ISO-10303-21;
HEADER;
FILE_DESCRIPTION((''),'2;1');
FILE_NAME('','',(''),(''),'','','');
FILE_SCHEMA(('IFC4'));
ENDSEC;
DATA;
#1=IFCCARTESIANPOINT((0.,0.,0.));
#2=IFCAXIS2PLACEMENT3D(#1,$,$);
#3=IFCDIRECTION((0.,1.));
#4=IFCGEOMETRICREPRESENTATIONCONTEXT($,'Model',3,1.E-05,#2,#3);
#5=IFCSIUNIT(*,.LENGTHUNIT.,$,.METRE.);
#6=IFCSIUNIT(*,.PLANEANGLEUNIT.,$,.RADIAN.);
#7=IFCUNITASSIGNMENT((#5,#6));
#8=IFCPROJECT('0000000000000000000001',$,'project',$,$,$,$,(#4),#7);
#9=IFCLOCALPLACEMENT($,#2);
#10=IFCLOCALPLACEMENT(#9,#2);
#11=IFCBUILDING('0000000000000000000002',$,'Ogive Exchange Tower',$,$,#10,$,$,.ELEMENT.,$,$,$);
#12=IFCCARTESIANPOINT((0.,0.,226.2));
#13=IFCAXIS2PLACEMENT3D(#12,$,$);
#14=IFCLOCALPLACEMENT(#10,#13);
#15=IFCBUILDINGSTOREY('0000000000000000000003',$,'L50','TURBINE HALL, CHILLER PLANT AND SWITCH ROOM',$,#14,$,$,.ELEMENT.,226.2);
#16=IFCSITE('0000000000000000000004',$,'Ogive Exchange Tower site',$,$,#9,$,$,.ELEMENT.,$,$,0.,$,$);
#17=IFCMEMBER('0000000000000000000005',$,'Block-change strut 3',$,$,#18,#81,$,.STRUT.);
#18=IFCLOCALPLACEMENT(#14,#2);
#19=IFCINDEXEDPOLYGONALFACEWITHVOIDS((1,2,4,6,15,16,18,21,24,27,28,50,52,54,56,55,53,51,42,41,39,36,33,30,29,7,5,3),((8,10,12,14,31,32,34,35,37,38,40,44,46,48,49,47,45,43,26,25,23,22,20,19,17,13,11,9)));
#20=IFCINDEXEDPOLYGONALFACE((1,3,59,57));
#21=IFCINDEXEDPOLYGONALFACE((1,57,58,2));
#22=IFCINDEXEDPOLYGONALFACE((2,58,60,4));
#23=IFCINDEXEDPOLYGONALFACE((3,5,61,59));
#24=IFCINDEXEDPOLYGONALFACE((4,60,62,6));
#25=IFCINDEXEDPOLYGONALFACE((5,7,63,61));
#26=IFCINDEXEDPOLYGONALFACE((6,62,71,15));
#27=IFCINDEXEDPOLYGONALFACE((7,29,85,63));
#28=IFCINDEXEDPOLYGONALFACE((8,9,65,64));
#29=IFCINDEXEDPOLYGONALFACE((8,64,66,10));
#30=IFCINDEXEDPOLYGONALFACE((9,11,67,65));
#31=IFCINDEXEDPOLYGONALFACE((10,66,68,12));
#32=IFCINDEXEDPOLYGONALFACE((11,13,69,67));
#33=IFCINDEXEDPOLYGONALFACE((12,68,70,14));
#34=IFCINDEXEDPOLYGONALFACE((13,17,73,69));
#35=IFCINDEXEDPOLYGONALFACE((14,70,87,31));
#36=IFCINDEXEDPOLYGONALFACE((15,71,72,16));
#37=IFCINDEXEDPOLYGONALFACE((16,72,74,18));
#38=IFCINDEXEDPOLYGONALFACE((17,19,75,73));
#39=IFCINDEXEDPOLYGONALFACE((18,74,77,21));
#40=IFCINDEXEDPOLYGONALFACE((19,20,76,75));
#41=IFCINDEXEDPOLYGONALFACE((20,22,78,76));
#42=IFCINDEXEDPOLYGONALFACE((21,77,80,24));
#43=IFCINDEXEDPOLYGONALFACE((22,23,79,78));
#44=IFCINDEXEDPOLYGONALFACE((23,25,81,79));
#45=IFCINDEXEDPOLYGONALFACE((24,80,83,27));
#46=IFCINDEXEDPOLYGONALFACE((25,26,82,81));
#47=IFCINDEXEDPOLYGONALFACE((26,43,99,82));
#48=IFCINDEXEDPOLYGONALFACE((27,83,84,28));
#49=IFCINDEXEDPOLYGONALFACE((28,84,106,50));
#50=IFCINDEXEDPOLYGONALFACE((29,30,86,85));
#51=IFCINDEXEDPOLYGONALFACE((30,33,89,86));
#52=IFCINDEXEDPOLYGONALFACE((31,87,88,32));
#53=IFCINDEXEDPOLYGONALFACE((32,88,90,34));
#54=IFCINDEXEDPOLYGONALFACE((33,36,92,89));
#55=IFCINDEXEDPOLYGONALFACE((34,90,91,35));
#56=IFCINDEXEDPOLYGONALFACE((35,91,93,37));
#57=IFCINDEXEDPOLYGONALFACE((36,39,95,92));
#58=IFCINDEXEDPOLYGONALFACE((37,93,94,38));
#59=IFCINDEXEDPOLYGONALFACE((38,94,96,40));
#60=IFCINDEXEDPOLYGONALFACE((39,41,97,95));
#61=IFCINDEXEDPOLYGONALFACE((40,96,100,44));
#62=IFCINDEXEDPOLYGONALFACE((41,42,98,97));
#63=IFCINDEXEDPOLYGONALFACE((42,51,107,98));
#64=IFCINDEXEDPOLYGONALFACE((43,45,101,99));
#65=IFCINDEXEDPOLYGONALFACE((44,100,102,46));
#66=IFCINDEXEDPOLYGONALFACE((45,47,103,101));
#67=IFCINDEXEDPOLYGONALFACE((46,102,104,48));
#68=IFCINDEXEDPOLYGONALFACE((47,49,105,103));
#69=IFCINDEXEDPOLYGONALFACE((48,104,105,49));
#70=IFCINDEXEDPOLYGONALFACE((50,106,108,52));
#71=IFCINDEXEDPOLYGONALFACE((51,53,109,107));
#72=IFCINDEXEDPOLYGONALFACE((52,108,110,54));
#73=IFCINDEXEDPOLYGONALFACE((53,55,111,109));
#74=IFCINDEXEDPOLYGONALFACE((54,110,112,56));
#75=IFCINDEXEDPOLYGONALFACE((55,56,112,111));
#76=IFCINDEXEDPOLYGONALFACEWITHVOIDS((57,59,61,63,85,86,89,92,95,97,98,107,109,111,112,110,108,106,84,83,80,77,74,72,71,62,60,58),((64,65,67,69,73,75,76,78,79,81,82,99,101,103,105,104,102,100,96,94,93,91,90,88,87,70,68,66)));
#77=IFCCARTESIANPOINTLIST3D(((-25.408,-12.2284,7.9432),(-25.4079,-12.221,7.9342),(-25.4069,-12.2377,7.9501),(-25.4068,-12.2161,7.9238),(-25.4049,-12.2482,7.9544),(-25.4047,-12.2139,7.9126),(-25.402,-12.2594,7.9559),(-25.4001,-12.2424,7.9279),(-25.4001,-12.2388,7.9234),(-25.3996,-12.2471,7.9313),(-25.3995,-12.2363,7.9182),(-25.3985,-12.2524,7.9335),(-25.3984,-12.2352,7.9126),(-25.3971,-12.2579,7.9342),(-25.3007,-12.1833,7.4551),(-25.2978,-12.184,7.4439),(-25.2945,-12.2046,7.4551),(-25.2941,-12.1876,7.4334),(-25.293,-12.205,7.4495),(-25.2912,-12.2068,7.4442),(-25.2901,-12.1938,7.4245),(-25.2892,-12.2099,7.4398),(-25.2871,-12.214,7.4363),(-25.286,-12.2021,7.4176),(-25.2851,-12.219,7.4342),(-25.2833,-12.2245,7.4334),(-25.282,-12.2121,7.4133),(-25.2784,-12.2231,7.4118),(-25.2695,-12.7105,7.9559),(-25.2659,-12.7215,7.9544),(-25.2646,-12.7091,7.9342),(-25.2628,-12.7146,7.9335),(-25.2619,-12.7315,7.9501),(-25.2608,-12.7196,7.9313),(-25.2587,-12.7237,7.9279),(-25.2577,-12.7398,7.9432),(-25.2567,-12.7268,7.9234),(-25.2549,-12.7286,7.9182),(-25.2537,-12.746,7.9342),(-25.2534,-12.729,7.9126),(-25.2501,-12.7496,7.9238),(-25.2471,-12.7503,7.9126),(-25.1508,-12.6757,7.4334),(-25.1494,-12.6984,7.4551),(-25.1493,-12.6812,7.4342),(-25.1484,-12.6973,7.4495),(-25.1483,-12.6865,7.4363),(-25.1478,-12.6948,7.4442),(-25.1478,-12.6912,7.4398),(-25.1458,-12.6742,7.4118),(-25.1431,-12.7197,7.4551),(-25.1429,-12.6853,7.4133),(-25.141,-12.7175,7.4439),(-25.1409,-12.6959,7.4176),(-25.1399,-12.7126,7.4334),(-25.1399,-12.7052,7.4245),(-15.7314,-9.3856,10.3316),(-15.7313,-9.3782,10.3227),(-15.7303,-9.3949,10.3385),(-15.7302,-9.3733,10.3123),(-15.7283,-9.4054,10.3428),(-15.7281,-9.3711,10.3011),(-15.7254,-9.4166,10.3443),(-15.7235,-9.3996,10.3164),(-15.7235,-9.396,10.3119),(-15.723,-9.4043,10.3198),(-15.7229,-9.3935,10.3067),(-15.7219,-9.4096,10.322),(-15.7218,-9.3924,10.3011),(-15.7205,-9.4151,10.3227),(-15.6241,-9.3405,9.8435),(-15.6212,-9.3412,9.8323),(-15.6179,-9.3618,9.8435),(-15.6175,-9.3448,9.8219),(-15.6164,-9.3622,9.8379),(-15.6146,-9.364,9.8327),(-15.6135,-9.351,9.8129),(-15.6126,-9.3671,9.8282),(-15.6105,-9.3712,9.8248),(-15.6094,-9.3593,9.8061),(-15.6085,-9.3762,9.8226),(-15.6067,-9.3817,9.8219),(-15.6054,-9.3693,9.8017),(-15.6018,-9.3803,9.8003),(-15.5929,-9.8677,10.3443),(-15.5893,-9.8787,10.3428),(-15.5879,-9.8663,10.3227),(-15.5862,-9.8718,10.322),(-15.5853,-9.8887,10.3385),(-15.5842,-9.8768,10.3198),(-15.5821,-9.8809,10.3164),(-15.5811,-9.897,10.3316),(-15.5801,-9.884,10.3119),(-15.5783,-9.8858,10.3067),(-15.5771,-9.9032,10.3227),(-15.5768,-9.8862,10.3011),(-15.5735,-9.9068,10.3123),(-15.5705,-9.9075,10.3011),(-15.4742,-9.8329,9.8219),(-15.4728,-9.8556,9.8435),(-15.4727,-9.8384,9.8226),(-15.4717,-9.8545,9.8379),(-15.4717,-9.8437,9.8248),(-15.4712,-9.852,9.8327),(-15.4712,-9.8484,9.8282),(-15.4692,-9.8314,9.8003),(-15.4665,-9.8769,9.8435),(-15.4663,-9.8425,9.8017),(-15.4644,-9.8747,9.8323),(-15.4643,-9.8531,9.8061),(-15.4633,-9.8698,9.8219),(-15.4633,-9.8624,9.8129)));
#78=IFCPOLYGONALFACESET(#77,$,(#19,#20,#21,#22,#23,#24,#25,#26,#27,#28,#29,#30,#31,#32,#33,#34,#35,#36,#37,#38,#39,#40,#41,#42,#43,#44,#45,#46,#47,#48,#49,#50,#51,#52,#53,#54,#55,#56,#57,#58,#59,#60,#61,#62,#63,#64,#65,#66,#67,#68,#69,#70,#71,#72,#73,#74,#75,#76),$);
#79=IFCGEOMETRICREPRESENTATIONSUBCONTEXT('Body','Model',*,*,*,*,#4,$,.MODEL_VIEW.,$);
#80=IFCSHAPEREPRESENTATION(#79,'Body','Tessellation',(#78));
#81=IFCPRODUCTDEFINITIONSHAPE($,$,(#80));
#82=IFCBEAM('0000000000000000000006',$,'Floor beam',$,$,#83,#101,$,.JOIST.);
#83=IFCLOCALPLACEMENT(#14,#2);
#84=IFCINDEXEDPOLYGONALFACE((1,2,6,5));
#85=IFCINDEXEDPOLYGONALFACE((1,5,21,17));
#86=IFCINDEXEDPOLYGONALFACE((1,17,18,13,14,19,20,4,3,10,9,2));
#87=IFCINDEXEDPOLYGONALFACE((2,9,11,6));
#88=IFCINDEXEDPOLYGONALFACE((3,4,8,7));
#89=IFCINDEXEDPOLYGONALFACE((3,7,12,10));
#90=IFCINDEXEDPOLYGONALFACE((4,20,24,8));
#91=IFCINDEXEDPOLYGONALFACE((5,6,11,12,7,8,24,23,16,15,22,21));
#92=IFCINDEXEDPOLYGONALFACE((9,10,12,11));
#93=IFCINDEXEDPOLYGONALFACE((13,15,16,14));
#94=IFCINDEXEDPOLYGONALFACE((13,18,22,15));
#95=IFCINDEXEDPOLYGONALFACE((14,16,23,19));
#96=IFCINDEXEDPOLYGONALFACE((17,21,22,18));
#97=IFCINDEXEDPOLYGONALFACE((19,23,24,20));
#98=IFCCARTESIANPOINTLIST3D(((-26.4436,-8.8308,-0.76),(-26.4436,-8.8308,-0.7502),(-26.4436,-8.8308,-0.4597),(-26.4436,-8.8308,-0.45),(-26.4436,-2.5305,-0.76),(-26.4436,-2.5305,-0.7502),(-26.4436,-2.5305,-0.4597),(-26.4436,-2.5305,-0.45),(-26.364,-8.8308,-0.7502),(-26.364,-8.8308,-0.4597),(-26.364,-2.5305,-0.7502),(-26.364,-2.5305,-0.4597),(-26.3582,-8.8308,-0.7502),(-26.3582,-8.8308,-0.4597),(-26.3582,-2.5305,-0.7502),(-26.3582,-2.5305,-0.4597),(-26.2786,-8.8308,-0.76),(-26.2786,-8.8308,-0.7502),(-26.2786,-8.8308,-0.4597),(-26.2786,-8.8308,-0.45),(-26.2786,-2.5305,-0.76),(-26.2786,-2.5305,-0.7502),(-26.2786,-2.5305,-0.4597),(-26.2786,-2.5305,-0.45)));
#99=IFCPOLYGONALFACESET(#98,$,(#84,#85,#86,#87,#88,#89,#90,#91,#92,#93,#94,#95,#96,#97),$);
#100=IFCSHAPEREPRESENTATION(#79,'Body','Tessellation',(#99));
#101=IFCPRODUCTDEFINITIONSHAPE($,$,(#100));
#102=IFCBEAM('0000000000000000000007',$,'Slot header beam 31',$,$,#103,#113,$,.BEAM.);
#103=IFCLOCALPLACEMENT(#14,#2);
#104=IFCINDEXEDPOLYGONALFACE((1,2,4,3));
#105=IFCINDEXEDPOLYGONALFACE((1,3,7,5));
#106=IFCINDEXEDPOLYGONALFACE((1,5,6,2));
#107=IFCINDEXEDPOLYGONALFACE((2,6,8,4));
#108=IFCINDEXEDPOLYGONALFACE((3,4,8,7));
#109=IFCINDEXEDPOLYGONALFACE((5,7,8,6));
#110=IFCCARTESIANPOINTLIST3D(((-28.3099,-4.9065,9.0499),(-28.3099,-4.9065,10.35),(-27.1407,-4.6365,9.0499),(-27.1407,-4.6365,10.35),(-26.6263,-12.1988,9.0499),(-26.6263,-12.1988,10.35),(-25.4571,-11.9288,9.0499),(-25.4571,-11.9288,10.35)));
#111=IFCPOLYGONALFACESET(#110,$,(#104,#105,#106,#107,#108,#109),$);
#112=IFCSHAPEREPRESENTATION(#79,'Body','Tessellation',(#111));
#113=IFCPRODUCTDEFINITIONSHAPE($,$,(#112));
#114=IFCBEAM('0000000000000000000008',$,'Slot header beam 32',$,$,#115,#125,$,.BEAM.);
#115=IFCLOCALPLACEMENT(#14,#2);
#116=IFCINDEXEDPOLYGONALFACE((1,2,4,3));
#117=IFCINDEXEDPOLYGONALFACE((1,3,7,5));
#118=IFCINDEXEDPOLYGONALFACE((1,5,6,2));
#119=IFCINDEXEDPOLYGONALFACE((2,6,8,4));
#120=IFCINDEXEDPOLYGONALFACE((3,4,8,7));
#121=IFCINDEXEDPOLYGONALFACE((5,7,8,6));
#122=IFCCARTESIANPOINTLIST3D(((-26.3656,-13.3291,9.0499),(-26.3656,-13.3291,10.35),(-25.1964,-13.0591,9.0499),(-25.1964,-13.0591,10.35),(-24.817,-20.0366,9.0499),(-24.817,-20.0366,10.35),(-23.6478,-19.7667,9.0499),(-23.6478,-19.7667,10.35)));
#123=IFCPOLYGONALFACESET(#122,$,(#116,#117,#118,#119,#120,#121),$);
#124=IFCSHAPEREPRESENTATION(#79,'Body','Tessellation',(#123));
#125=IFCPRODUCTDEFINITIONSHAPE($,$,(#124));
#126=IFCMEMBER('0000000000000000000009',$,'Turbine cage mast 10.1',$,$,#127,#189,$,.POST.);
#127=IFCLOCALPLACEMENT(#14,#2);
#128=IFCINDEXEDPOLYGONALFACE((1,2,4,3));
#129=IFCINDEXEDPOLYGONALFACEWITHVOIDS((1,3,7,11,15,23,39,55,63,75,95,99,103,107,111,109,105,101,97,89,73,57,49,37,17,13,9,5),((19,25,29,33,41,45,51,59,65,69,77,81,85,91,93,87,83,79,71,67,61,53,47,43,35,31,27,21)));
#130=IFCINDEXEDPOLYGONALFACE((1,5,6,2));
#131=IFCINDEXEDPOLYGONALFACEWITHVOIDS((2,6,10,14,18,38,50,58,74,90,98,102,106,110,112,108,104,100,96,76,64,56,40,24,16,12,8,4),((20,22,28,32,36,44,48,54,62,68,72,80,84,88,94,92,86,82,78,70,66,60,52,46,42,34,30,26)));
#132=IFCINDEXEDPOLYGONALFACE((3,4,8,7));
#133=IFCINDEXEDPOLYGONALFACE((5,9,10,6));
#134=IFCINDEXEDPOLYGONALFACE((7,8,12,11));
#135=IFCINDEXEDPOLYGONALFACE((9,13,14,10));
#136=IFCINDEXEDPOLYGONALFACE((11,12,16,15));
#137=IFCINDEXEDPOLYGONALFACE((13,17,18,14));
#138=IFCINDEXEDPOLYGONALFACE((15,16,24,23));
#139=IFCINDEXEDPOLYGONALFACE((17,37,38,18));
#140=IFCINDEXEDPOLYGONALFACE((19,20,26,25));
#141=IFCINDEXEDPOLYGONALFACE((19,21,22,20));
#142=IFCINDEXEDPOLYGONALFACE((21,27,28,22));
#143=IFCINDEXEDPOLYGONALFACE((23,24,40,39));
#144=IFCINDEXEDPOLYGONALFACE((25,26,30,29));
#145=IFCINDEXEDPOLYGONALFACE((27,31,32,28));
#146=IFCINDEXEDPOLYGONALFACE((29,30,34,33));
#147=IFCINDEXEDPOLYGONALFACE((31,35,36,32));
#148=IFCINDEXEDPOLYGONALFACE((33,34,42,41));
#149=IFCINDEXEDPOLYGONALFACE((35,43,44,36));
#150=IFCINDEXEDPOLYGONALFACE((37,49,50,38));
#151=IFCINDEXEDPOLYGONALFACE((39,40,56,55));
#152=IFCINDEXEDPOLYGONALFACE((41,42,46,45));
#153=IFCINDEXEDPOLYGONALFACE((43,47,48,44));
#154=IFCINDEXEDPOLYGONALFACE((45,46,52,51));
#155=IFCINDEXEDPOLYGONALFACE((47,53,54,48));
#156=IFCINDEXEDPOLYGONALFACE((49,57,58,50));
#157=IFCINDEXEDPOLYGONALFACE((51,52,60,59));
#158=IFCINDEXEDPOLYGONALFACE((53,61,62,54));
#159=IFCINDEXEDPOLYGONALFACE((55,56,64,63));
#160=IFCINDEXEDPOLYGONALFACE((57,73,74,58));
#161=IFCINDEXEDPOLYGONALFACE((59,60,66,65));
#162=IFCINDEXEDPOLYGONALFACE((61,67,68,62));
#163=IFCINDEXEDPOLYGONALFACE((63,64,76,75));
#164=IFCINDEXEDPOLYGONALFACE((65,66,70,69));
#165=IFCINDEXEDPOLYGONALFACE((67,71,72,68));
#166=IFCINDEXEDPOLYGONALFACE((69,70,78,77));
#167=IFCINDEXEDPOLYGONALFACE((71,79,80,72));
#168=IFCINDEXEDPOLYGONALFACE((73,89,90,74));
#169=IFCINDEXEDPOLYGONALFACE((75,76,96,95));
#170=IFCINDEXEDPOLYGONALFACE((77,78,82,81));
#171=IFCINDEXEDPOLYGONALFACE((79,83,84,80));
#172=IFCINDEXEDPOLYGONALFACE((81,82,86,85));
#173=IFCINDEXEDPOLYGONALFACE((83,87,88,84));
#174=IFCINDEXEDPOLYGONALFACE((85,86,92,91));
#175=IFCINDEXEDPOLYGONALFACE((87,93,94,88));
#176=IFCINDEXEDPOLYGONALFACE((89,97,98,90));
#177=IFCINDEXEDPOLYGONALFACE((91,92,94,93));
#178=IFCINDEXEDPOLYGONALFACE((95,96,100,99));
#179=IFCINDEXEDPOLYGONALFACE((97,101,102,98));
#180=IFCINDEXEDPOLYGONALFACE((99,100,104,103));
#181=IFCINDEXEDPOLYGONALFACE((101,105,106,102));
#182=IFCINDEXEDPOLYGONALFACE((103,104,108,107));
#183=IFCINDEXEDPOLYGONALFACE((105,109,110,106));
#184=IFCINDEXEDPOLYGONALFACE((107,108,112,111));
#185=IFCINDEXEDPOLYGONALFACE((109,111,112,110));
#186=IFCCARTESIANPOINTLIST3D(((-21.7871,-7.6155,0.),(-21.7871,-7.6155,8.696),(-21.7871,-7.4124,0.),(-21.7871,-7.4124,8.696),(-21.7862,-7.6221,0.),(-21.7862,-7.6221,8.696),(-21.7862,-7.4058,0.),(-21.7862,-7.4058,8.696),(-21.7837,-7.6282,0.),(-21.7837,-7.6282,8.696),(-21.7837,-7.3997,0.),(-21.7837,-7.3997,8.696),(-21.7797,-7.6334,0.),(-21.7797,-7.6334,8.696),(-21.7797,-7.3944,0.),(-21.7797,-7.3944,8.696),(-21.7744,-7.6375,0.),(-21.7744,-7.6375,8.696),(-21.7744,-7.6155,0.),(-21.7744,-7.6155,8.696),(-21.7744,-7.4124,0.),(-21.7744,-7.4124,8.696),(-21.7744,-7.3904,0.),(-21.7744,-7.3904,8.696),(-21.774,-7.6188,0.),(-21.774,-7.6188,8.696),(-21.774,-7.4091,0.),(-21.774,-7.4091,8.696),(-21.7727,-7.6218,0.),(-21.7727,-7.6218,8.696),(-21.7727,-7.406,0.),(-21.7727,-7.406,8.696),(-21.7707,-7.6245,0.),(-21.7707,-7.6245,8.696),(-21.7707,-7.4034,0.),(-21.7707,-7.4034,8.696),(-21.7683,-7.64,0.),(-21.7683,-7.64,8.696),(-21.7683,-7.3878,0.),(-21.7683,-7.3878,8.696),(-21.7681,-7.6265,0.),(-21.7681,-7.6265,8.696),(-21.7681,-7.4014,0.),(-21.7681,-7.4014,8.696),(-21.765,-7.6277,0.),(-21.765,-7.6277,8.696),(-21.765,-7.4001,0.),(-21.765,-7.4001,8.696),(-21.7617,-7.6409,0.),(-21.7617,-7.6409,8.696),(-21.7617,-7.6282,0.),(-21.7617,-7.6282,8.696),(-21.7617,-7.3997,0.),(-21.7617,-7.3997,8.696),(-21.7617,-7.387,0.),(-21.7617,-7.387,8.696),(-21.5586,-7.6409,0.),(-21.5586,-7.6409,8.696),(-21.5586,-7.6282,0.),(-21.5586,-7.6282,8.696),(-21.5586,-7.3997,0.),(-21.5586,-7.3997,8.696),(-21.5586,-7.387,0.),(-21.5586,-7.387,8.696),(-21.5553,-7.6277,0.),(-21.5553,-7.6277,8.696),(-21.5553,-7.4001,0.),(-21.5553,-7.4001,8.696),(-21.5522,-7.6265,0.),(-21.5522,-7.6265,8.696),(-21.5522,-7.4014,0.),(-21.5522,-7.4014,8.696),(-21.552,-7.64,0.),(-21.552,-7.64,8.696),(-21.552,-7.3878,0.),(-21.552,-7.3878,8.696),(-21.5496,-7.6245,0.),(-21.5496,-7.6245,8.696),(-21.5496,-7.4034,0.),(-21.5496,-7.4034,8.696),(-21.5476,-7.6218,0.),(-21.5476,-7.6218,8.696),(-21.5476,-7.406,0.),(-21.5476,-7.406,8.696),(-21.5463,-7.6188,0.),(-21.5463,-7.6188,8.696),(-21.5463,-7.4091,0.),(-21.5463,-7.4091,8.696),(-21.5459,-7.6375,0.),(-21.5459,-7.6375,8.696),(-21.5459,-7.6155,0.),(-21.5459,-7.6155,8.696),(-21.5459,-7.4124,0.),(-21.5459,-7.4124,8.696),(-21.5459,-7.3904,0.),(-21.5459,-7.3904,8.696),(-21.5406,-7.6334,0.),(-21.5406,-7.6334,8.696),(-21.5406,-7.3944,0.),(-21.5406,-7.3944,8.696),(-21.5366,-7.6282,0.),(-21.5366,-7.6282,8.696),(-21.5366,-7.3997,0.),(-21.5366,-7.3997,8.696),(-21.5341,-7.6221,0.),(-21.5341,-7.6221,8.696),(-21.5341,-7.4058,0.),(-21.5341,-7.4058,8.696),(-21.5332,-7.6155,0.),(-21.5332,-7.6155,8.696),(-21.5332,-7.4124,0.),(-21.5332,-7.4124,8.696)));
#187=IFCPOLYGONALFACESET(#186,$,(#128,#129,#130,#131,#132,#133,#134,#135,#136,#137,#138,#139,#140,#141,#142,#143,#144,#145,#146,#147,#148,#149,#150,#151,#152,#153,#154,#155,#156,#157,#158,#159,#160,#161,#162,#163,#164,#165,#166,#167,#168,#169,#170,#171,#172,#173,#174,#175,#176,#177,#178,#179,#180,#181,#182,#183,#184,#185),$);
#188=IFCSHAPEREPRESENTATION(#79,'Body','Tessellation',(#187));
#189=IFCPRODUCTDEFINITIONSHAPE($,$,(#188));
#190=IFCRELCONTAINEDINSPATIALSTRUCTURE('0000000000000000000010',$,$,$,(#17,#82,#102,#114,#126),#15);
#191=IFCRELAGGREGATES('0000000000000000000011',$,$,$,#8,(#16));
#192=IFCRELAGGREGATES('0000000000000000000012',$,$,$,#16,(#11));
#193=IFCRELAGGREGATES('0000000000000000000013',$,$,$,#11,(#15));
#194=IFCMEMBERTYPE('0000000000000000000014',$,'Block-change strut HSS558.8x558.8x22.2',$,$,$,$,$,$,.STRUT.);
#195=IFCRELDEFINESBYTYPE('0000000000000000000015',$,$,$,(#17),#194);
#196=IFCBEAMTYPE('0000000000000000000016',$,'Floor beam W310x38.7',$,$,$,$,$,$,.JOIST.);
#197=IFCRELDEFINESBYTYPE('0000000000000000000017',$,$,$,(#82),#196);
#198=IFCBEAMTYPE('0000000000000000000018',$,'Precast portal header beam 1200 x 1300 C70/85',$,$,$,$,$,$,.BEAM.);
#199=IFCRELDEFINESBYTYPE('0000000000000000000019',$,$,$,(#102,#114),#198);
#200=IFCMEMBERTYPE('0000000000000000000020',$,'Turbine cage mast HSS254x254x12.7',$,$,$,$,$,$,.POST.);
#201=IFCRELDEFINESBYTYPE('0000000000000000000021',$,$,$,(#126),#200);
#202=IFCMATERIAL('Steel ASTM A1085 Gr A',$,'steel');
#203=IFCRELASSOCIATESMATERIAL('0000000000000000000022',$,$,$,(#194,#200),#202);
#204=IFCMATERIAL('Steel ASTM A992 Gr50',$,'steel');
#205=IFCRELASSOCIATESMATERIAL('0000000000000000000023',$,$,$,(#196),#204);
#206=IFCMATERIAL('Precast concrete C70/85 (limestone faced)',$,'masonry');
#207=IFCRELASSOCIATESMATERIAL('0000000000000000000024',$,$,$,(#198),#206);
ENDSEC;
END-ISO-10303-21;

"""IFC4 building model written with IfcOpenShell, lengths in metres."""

from ifc_helpers import new_model, si_unit, direction, frame, origin, origin_2d, place, context, subcontext, project, spatial, rectangle, hollow_rectangle, i_section, extrude, material, material_profile, profile_set, type_object, element, save


model = new_model("IFC4")

# Units and contexts
model_context = context("Model", 3, precision=1e-05, world=origin(), true_north=direction((0.0, 1.0)))
body_context = subcontext(model_context, "Body", "Model", "MODEL_VIEW")
ifc_project = project(units=[si_unit("LENGTHUNIT", "METRE"), si_unit("PLANEANGLEUNIT", "RADIAN")], contexts=[model_context])

# Site, building, storey
site_placement = place(None, origin())
site = spatial("IfcSite", under=ifc_project, at=site_placement, Name="Ogive Exchange Tower site", CompositionType="ELEMENT", RefElevation=0.0)
building_placement = place(site_placement, origin())
building = spatial("IfcBuilding", under=site, at=building_placement, Name="Ogive Exchange Tower", CompositionType="ELEMENT")
storey_placement = place(building_placement, frame((0.0, 0.0, 226.2)))
storey = spatial("IfcBuildingStorey", under=building, at=storey_placement, Name="L50", Description="TURBINE HALL, CHILLER PLANT AND SWITCH ROOM", CompositionType="ELEMENT", Elevation=226.2)

# Shared definitions
ifc_material_1 = material(Name="Precast concrete C70/85 (limestone faced)", Category="masonry")

# Shared definitions
ifc_material_2 = material(Name="Steel ASTM A992 Gr50", Category="steel")

# Member
ifc_material_3 = material(Name="Steel ASTM A1085 Gr A", Category="steel")
ifc_material_profile_1 = material_profile(ifc_material_3, hollow_rectangle(XDim=0.5591, YDim=0.5591, WallThickness=0.0222, InnerFilletRadius=0.0222, OuterFilletRadius=0.0444, at=origin_2d()), Name="HSS558.8x558.8x22.2")
ifc_profile_set_1 = profile_set([ifc_material_profile_1], Name="Steel ASTM A1085 Gr A")
member_type_1 = type_object("IfcMemberType", Name="Block-change strut HSS558.8x558.8x22.2", PredefinedType="STRUT", material=ifc_profile_set_1)
member_1_placement = place(storey_placement, frame((-25.2739, -12.4668, 7.6838), z_axis=(0.93363, 0.274282, 0.230445), x_axis=(-0.281869, 0.959453, 0.0)))
element("IfcMember", 1, at=member_1_placement, inside=storey, type_object=member_type_1, Name="Block-change strut 3", PredefinedType="STRUT", context=body_context, shape_type="SweptSolid", body=[
    extrude(hollow_rectangle(XDim=0.5591, YDim=0.5591, WallThickness=0.0222, InnerFilletRadius=0.0222, OuterFilletRadius=0.0444, at=origin_2d()), origin(), (0.0, 0.0, 1.0), 10.3645),
])

# Beams
ifc_material_profile_2 = material_profile(ifc_material_2, i_section(OverallWidth=0.165, OverallDepth=0.3101, WebThickness=0.0059, FlangeThickness=0.0098, at=origin_2d()), Name="W310x38.7")
ifc_profile_set_2 = profile_set([ifc_material_profile_2], Name="Steel ASTM A992 Gr50")
beam_type_1 = type_object("IfcBeamType", Name="Floor beam W310x38.7", PredefinedType="JOIST", material=ifc_profile_set_2)
beam_1_placement = place(storey_placement, frame((-26.3611, -8.8308, -0.605), z_axis=(0.0, 1.0, 0.0), x_axis=(-1.0, 0.0, 0.0)))
element("IfcBeam", 2, at=beam_1_placement, inside=storey, type_object=beam_type_1, Name="Floor beam", PredefinedType="JOIST", context=body_context, shape_type="SweptSolid", body=[
    extrude(i_section(OverallWidth=0.165, OverallDepth=0.3101, WebThickness=0.0059, FlangeThickness=0.0098, at=origin_2d()), origin(), (0.0, 0.0, 1.0), 6.3003),
])
ifc_material_profile_3 = material_profile(ifc_material_1, rectangle(XDim=1.2, YDim=1.3, at=origin_2d()), Name="1200 x 1300")
ifc_profile_set_3 = profile_set([ifc_material_profile_3], Name="Precast concrete C70/85 (limestone faced)")
beam_type_2 = type_object("IfcBeamType", Name="Precast portal header beam 1200 x 1300 C70/85", PredefinedType="BEAM", material=ifc_profile_set_3)
beam_2_placement = place(storey_placement, frame((-27.7253, -4.7715, 9.7), z_axis=(0.224957, -0.974369, 0.0), x_axis=(0.974369, 0.224957, 0.0)))
element("IfcBeam", 3, at=beam_2_placement, inside=storey, type_object=beam_type_2, Name="Slot header beam 31", PredefinedType="BEAM", context=body_context, shape_type="SweptSolid", body=[
    extrude(rectangle(XDim=1.2, YDim=1.3, at=origin_2d()), origin(), (0.0, 0.0, 1.0), 7.4841),
])
beam_3_placement = place(storey_placement, frame((-25.781, -13.1941, 9.7), z_axis=(0.224955, -0.974369, 0.0), x_axis=(0.974369, 0.224955, 0.0)))
element("IfcBeam", 4, at=beam_3_placement, inside=storey, type_object=beam_type_2, Name="Slot header beam 32", PredefinedType="BEAM", context=body_context, shape_type="SweptSolid", body=[
    extrude(rectangle(XDim=1.2, YDim=1.3, at=origin_2d()), origin(), (0.0, 0.0, 1.0), 6.884),
])

# Member
ifc_material_profile_4 = material_profile(ifc_material_3, hollow_rectangle(XDim=0.2539, YDim=0.2539, WallThickness=0.0127, InnerFilletRadius=0.0127, OuterFilletRadius=0.0254, at=origin_2d()), Name="HSS254x254x12.7")
ifc_profile_set_4 = profile_set([ifc_material_profile_4], Name="Steel ASTM A1085 Gr A")
member_type_2 = type_object("IfcMemberType", Name="Turbine cage mast HSS254x254x12.7", PredefinedType="POST", material=ifc_profile_set_4)
for number, where, z_axis, x_axis, name in (
    (5, (-21.6602, -7.5139, 0.0), (0.0, 0.0, 1.0), (1.0, 0.0, 0.0), "Turbine cage mast 10.1"),
):
    element("IfcMember", number, at=place(storey_placement, frame(where, z_axis=z_axis, x_axis=x_axis)), inside=storey, type_object=member_type_2, Name=name, PredefinedType="POST", context=body_context, shape_type="SweptSolid", body=[
        extrude(hollow_rectangle(XDim=0.2539, YDim=0.2539, WallThickness=0.0127, InnerFilletRadius=0.0127, OuterFilletRadius=0.0254, at=origin_2d()), origin(), (0.0, 0.0, 1.0), 8.696),
    ])

save(model, "model.ifc")
